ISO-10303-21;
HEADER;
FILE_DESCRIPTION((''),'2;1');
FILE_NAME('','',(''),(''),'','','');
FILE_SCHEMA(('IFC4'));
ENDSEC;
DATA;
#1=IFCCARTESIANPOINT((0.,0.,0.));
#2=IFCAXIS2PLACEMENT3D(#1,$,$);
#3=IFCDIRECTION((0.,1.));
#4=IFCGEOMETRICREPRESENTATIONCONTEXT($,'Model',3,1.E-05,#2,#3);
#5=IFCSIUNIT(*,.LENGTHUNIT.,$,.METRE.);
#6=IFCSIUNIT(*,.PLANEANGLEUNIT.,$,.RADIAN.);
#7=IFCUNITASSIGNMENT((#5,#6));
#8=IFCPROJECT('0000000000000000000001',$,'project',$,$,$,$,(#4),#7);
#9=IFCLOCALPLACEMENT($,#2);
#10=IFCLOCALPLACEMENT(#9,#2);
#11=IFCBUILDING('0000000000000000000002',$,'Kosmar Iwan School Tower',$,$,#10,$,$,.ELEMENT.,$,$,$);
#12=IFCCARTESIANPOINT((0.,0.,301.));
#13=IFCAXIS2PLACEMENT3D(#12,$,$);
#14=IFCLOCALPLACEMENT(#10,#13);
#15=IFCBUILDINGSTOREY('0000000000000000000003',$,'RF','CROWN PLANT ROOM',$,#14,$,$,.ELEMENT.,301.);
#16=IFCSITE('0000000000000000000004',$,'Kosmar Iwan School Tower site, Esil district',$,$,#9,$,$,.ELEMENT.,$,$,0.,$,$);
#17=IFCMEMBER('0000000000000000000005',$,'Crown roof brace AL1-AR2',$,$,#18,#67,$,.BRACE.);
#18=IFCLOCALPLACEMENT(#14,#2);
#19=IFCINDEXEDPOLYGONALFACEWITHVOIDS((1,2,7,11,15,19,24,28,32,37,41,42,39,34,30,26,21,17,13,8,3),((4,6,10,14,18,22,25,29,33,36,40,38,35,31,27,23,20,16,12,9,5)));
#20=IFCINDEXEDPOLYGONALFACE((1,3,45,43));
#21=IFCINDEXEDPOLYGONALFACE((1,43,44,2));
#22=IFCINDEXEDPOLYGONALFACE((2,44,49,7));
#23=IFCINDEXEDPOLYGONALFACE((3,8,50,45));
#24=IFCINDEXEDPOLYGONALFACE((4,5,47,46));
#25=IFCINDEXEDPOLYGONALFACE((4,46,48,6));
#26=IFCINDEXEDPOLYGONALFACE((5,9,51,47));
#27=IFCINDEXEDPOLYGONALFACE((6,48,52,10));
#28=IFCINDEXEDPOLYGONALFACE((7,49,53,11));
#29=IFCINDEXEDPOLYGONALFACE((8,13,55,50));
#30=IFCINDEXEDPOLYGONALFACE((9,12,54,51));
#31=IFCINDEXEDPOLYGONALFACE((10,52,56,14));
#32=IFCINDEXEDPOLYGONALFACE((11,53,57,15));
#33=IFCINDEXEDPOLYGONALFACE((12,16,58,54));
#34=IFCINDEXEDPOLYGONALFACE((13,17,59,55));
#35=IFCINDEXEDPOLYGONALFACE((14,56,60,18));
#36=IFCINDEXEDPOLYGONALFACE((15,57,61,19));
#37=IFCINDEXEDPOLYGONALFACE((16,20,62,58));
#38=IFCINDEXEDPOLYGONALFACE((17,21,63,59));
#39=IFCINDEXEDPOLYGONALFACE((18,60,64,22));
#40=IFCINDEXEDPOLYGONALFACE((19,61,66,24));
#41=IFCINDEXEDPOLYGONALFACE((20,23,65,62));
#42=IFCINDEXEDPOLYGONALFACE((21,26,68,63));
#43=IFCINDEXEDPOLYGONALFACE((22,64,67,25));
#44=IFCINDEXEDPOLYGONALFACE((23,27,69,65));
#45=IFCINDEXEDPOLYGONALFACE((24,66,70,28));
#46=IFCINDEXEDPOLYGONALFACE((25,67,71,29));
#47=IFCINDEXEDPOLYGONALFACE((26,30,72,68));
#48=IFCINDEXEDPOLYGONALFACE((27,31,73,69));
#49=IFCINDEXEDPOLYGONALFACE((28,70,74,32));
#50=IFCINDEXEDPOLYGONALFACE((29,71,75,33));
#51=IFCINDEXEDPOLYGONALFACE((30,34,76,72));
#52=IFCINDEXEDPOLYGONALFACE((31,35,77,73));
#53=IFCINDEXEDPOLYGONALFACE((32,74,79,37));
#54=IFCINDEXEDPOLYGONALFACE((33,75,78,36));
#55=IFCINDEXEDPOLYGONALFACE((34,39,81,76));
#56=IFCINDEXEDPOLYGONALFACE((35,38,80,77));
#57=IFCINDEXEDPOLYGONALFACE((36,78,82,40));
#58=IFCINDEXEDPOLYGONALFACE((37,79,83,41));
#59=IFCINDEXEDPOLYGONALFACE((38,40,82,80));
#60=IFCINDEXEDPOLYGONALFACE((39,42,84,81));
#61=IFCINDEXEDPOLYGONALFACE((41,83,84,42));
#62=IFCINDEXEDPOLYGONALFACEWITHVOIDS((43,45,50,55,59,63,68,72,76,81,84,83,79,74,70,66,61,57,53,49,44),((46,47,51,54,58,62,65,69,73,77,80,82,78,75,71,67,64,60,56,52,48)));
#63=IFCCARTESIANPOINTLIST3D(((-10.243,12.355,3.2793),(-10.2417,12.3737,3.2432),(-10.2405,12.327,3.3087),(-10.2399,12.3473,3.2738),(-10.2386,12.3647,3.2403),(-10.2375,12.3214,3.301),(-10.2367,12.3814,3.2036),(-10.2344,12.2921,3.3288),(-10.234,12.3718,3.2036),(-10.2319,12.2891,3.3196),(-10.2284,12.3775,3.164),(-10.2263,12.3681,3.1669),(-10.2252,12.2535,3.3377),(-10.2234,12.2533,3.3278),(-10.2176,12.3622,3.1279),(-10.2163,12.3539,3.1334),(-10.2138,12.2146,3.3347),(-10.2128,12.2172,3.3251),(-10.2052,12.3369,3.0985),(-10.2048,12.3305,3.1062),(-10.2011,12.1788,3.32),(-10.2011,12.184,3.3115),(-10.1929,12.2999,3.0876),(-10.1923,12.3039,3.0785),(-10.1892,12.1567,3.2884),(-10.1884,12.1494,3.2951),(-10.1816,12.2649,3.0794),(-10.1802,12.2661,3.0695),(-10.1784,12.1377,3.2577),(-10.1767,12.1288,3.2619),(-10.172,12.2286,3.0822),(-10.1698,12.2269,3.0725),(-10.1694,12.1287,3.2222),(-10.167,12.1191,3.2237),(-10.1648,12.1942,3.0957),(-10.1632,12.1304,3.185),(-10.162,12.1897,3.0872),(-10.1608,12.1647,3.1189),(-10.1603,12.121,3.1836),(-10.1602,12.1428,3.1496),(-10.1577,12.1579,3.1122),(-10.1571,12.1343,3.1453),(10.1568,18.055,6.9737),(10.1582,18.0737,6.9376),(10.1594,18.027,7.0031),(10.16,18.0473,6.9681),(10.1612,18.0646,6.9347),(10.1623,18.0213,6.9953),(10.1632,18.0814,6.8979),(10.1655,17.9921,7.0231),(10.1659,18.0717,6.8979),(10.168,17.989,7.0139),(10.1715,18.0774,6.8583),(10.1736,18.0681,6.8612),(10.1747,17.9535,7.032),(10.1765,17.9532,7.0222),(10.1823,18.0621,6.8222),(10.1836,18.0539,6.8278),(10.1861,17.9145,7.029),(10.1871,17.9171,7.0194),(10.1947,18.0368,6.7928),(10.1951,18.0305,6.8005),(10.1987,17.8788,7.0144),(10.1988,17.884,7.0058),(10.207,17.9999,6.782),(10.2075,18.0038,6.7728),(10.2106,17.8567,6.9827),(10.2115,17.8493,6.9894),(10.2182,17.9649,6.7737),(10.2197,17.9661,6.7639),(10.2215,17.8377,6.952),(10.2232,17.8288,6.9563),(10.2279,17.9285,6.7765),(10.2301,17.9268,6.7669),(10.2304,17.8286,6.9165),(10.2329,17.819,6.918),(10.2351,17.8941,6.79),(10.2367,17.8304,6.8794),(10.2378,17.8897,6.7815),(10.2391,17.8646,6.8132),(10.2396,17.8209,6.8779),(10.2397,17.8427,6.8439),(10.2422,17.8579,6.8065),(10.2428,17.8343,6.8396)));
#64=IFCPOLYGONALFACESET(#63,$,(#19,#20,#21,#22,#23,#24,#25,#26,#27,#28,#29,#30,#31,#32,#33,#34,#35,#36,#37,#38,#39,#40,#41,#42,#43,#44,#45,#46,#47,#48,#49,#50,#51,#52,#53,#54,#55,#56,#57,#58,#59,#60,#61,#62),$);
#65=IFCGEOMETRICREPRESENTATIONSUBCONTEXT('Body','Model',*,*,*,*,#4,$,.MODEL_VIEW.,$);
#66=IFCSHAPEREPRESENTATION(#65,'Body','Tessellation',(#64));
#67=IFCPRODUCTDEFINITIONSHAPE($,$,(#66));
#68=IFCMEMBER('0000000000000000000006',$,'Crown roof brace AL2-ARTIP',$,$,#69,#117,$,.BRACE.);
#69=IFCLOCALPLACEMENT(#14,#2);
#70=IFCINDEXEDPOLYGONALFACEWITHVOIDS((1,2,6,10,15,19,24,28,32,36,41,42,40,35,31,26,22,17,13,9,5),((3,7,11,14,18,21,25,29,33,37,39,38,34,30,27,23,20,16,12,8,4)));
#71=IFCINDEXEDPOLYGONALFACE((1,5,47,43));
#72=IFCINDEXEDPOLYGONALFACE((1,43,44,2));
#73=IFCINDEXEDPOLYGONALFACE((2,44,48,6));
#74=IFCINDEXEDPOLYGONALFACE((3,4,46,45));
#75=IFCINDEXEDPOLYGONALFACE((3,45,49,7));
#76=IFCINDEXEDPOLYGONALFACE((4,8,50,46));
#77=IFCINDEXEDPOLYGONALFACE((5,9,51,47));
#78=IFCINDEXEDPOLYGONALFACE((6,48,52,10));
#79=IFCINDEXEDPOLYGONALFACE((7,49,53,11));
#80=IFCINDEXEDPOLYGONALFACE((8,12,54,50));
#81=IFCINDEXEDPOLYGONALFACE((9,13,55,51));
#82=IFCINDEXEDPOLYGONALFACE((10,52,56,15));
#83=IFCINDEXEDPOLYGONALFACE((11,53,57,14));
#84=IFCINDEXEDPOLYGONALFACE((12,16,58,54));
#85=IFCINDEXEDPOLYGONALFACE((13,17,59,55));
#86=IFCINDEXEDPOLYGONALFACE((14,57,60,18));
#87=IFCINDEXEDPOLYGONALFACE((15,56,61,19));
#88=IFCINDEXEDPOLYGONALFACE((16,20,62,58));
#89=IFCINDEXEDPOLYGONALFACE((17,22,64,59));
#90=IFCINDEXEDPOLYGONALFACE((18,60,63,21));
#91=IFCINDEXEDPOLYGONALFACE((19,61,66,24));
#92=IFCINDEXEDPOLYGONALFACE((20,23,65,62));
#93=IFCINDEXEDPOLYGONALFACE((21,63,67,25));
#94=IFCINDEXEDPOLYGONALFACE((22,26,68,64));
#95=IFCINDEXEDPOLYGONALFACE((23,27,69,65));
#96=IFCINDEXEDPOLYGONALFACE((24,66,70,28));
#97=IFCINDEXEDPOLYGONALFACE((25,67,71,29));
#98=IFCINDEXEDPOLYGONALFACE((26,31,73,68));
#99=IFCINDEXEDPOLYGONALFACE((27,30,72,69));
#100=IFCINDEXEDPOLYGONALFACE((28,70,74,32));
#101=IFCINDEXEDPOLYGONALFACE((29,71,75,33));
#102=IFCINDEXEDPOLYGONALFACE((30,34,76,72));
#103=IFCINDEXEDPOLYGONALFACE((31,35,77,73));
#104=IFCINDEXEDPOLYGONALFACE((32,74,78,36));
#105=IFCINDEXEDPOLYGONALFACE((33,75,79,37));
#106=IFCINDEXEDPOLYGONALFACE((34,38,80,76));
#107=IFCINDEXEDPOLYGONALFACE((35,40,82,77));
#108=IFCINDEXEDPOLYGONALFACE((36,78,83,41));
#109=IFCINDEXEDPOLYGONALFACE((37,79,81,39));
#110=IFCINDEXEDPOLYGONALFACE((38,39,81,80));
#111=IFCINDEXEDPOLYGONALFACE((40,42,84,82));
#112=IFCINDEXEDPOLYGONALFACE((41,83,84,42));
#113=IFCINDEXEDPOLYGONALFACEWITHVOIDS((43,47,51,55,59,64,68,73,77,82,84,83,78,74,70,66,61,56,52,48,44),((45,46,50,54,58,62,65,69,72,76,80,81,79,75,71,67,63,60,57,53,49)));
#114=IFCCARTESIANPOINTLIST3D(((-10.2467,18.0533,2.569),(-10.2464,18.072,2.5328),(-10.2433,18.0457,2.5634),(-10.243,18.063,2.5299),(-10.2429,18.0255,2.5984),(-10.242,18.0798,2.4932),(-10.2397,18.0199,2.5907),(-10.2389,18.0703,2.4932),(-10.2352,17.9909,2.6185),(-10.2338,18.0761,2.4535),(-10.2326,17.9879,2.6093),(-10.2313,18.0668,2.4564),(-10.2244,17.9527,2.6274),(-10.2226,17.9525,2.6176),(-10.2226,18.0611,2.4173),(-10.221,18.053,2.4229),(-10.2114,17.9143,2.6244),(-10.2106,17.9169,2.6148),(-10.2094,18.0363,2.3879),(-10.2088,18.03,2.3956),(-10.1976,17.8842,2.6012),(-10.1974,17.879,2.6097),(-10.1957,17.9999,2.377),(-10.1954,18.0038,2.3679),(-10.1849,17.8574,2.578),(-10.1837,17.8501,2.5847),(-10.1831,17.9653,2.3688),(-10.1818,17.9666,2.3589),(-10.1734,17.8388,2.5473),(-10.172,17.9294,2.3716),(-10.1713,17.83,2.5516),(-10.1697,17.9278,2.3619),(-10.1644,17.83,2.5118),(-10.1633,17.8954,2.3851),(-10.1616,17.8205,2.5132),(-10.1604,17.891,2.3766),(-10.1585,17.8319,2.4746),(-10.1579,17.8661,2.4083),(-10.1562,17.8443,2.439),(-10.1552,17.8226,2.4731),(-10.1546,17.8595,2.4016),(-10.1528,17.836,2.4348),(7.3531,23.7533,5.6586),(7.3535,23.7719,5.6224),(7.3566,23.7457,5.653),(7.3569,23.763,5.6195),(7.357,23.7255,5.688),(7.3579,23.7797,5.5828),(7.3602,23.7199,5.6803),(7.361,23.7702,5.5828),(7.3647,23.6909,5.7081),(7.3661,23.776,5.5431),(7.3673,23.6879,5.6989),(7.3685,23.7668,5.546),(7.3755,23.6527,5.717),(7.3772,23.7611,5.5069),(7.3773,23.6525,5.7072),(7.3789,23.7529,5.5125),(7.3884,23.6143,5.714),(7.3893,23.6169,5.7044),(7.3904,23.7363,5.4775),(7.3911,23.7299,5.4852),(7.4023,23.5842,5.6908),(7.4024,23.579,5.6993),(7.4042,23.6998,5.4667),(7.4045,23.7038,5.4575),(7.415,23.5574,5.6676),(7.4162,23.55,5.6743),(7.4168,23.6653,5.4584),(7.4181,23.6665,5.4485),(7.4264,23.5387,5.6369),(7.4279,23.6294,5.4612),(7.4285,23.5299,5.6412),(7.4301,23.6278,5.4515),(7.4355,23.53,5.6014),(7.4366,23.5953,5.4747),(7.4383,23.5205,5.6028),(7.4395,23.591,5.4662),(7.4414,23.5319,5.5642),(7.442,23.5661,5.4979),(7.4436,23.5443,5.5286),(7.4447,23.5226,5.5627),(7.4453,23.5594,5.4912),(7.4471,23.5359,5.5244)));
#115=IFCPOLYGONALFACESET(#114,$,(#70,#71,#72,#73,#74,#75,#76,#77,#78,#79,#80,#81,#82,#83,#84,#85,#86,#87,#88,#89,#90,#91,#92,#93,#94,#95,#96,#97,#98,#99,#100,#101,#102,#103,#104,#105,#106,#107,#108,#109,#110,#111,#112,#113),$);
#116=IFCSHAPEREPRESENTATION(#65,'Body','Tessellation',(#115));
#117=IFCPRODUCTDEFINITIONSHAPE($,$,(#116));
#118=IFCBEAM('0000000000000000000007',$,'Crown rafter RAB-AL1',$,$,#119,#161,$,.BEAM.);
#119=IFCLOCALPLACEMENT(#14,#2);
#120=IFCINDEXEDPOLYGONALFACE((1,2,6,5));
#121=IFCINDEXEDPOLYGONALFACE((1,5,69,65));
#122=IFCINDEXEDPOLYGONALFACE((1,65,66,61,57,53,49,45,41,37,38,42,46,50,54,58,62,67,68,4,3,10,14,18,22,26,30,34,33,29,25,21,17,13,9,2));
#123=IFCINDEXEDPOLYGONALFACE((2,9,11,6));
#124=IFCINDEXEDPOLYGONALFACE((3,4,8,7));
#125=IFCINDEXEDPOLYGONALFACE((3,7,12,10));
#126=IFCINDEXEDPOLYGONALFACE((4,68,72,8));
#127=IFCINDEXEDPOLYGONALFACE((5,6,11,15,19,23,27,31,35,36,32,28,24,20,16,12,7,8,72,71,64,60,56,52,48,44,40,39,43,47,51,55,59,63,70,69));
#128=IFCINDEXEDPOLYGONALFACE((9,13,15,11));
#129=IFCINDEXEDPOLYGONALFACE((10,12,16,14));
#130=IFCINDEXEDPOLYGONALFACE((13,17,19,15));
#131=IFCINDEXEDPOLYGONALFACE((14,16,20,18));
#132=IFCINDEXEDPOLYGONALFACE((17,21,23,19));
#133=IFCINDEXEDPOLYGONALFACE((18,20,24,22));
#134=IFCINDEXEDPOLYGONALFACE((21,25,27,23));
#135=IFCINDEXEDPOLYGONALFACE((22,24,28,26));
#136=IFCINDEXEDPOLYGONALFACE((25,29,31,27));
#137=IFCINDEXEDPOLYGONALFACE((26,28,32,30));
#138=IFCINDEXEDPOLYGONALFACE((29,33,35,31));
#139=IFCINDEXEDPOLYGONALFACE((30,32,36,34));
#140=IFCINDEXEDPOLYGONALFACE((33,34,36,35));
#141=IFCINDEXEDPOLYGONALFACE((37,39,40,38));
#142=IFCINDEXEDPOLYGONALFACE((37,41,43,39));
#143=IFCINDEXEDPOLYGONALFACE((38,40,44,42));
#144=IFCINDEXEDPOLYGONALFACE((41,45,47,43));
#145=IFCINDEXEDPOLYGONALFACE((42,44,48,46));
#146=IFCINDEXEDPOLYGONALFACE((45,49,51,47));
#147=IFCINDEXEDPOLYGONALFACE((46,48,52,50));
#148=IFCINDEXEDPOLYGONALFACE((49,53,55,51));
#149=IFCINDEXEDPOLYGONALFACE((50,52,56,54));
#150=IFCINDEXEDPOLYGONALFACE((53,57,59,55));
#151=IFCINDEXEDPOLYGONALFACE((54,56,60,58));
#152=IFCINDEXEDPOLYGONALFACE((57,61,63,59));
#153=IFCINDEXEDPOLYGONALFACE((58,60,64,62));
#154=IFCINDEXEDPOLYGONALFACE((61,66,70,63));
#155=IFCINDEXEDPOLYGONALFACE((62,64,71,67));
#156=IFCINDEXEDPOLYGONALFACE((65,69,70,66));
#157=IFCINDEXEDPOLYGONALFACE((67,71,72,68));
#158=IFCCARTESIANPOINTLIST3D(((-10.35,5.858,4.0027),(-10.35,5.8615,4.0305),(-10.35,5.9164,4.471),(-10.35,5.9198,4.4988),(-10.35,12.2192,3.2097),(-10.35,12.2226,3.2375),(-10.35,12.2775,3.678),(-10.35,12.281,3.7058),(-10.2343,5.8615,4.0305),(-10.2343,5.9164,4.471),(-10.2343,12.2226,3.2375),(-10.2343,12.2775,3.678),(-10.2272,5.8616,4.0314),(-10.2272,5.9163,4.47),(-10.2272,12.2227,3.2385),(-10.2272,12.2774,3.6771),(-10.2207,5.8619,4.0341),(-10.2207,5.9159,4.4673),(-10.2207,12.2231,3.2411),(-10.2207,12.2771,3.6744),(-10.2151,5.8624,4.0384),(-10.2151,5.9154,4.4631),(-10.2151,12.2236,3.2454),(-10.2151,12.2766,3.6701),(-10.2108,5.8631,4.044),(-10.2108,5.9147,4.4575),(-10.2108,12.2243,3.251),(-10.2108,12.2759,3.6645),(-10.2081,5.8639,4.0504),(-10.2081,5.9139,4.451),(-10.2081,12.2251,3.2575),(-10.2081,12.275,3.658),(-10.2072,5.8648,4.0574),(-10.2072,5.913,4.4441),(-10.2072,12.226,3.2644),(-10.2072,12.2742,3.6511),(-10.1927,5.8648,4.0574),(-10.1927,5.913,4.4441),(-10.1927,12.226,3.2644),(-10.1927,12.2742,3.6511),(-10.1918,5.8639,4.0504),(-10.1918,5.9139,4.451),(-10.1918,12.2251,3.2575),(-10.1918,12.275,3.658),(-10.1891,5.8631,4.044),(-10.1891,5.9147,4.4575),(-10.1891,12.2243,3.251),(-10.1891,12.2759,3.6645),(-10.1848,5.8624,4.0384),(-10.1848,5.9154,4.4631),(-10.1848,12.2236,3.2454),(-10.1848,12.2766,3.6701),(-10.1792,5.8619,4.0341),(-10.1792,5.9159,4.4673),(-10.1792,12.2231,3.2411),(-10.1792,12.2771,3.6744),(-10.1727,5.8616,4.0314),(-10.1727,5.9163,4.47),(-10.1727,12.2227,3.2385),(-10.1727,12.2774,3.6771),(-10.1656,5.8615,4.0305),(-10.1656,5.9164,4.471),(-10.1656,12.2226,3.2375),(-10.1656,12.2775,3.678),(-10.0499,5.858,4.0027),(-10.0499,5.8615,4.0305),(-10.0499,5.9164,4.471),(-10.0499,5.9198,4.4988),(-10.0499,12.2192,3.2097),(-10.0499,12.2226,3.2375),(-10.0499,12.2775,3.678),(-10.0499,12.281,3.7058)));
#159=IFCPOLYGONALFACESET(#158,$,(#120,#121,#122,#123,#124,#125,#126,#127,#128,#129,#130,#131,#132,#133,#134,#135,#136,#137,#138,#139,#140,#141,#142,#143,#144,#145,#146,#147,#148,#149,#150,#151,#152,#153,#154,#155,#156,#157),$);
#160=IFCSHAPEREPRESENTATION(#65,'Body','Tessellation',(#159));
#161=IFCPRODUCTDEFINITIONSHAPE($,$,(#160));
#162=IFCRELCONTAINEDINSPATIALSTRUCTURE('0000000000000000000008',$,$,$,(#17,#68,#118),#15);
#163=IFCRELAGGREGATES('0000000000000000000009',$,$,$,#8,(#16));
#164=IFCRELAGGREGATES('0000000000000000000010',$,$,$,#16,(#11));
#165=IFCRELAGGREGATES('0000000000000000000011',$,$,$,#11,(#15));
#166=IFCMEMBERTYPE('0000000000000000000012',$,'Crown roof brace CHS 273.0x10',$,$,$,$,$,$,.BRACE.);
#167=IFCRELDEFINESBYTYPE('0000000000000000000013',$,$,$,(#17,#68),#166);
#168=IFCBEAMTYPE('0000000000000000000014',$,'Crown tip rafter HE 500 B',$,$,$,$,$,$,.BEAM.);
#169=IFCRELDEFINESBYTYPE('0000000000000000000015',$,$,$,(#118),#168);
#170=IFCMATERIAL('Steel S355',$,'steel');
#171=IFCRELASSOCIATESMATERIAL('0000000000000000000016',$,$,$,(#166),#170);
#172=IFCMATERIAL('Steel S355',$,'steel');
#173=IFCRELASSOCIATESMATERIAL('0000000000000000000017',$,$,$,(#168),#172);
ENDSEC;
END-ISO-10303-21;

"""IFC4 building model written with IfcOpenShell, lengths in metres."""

from ifc_helpers import new_model, si_unit, direction, frame, origin, origin_2d, place, context, subcontext, project, spatial, hollow_circle, i_section, extrude, material, material_profile, profile_set, type_object, element, save


model = new_model("IFC4")

# Units and contexts
model_context = context("Model", 3, precision=1e-05, world=origin(), true_north=direction((0.0, 1.0)))
body_context = subcontext(model_context, "Body", "Model", "MODEL_VIEW")
ifc_project = project(units=[si_unit("LENGTHUNIT", "METRE"), si_unit("PLANEANGLEUNIT", "RADIAN")], contexts=[model_context])

# Site, building, storey
site_placement = place(None, origin())
site = spatial("IfcSite", under=ifc_project, at=site_placement, Name="Kosmar Iwan School Tower site, Esil district", CompositionType="ELEMENT", RefElevation=0.0)
building_placement = place(site_placement, origin())
building = spatial("IfcBuilding", under=site, at=building_placement, Name="Kosmar Iwan School Tower", CompositionType="ELEMENT")
storey_placement = place(building_placement, frame((0.0, 0.0, 301.0)))
storey = spatial("IfcBuildingStorey", under=building, at=storey_placement, Name="RF", Description="CROWN PLANT ROOM", CompositionType="ELEMENT", Elevation=301.0)

# Members
ifc_material_1 = material(Name="Steel S355", Category="steel")
ifc_material_profile_1 = material_profile(ifc_material_1, hollow_circle(Radius=0.1365, WallThickness=0.01, at=origin_2d()), Name="CHS 273.0x10")
ifc_profile_set_1 = profile_set([ifc_material_profile_1], Name="Steel S355")
member_type = type_object("IfcMemberType", Name="Crown roof brace CHS 273.0x10", PredefinedType="BRACE", material=ifc_profile_set_1)
member_1_placement = place(storey_placement, frame((-10.2, 12.25, 3.2036), z_axis=(0.948788, 0.265102, 0.171821), x_axis=(-0.269104, 0.963111, 0.0)))
element("IfcMember", 1, at=member_1_placement, inside=storey, type_object=member_type, Name="Crown roof brace AL1-AR2", PredefinedType="BRACE", context=body_context, shape_type="SweptSolid", body=[
    extrude(hollow_circle(Radius=0.1365, WallThickness=0.01, at=origin_2d()), origin(), (0.0, 0.0, 1.0), 21.501),
])
member_2_placement = place(storey_placement, frame((-10.2, 17.95, 2.4932), z_axis=(0.938355, 0.303899, 0.164725), x_axis=(-0.308108, 0.951351, 0.0)))
element("IfcMember", 2, at=member_2_placement, inside=storey, type_object=member_type, Name="Crown roof brace AL2-ARTIP", PredefinedType="BRACE", context=body_context, shape_type="SweptSolid", body=[
    extrude(hollow_circle(Radius=0.1365, WallThickness=0.01, at=origin_2d()), origin(), (0.0, 0.0, 1.0), 18.7561),
])

# Beam
ifc_material_2 = material(Name="Steel S355", Category="steel")
ifc_material_profile_2 = material_profile(ifc_material_2, i_section(OverallWidth=0.3, OverallDepth=0.5, WebThickness=0.0144, FlangeThickness=0.0281, FilletRadius=0.0271, at=origin_2d()), Name="HE 500 B")
ifc_profile_set_2 = profile_set([ifc_material_profile_2], Name="Steel S355")
beam_type_1 = type_object("IfcBeamType", Name="Crown tip rafter HE 500 B", PredefinedType="BEAM", material=ifc_profile_set_2)
beam_1_placement = place(storey_placement, frame((-10.2, 5.8889, 4.2507), z_axis=(0.0, 0.992319, -0.123702), x_axis=(-1.0, 0.0, 0.0)))
element("IfcBeam", 3, at=beam_1_placement, inside=storey, type_object=beam_type_1, Name="Crown rafter RAB-AL1", PredefinedType="BEAM", context=body_context, shape_type="SweptSolid", body=[
    extrude(i_section(OverallWidth=0.3, OverallDepth=0.5, WebThickness=0.0144, FlangeThickness=0.0281, FilletRadius=0.0271, at=origin_2d()), origin(), (0.0, 0.0, 1.0), 6.4104),
])

save(model, "model.ifc")
